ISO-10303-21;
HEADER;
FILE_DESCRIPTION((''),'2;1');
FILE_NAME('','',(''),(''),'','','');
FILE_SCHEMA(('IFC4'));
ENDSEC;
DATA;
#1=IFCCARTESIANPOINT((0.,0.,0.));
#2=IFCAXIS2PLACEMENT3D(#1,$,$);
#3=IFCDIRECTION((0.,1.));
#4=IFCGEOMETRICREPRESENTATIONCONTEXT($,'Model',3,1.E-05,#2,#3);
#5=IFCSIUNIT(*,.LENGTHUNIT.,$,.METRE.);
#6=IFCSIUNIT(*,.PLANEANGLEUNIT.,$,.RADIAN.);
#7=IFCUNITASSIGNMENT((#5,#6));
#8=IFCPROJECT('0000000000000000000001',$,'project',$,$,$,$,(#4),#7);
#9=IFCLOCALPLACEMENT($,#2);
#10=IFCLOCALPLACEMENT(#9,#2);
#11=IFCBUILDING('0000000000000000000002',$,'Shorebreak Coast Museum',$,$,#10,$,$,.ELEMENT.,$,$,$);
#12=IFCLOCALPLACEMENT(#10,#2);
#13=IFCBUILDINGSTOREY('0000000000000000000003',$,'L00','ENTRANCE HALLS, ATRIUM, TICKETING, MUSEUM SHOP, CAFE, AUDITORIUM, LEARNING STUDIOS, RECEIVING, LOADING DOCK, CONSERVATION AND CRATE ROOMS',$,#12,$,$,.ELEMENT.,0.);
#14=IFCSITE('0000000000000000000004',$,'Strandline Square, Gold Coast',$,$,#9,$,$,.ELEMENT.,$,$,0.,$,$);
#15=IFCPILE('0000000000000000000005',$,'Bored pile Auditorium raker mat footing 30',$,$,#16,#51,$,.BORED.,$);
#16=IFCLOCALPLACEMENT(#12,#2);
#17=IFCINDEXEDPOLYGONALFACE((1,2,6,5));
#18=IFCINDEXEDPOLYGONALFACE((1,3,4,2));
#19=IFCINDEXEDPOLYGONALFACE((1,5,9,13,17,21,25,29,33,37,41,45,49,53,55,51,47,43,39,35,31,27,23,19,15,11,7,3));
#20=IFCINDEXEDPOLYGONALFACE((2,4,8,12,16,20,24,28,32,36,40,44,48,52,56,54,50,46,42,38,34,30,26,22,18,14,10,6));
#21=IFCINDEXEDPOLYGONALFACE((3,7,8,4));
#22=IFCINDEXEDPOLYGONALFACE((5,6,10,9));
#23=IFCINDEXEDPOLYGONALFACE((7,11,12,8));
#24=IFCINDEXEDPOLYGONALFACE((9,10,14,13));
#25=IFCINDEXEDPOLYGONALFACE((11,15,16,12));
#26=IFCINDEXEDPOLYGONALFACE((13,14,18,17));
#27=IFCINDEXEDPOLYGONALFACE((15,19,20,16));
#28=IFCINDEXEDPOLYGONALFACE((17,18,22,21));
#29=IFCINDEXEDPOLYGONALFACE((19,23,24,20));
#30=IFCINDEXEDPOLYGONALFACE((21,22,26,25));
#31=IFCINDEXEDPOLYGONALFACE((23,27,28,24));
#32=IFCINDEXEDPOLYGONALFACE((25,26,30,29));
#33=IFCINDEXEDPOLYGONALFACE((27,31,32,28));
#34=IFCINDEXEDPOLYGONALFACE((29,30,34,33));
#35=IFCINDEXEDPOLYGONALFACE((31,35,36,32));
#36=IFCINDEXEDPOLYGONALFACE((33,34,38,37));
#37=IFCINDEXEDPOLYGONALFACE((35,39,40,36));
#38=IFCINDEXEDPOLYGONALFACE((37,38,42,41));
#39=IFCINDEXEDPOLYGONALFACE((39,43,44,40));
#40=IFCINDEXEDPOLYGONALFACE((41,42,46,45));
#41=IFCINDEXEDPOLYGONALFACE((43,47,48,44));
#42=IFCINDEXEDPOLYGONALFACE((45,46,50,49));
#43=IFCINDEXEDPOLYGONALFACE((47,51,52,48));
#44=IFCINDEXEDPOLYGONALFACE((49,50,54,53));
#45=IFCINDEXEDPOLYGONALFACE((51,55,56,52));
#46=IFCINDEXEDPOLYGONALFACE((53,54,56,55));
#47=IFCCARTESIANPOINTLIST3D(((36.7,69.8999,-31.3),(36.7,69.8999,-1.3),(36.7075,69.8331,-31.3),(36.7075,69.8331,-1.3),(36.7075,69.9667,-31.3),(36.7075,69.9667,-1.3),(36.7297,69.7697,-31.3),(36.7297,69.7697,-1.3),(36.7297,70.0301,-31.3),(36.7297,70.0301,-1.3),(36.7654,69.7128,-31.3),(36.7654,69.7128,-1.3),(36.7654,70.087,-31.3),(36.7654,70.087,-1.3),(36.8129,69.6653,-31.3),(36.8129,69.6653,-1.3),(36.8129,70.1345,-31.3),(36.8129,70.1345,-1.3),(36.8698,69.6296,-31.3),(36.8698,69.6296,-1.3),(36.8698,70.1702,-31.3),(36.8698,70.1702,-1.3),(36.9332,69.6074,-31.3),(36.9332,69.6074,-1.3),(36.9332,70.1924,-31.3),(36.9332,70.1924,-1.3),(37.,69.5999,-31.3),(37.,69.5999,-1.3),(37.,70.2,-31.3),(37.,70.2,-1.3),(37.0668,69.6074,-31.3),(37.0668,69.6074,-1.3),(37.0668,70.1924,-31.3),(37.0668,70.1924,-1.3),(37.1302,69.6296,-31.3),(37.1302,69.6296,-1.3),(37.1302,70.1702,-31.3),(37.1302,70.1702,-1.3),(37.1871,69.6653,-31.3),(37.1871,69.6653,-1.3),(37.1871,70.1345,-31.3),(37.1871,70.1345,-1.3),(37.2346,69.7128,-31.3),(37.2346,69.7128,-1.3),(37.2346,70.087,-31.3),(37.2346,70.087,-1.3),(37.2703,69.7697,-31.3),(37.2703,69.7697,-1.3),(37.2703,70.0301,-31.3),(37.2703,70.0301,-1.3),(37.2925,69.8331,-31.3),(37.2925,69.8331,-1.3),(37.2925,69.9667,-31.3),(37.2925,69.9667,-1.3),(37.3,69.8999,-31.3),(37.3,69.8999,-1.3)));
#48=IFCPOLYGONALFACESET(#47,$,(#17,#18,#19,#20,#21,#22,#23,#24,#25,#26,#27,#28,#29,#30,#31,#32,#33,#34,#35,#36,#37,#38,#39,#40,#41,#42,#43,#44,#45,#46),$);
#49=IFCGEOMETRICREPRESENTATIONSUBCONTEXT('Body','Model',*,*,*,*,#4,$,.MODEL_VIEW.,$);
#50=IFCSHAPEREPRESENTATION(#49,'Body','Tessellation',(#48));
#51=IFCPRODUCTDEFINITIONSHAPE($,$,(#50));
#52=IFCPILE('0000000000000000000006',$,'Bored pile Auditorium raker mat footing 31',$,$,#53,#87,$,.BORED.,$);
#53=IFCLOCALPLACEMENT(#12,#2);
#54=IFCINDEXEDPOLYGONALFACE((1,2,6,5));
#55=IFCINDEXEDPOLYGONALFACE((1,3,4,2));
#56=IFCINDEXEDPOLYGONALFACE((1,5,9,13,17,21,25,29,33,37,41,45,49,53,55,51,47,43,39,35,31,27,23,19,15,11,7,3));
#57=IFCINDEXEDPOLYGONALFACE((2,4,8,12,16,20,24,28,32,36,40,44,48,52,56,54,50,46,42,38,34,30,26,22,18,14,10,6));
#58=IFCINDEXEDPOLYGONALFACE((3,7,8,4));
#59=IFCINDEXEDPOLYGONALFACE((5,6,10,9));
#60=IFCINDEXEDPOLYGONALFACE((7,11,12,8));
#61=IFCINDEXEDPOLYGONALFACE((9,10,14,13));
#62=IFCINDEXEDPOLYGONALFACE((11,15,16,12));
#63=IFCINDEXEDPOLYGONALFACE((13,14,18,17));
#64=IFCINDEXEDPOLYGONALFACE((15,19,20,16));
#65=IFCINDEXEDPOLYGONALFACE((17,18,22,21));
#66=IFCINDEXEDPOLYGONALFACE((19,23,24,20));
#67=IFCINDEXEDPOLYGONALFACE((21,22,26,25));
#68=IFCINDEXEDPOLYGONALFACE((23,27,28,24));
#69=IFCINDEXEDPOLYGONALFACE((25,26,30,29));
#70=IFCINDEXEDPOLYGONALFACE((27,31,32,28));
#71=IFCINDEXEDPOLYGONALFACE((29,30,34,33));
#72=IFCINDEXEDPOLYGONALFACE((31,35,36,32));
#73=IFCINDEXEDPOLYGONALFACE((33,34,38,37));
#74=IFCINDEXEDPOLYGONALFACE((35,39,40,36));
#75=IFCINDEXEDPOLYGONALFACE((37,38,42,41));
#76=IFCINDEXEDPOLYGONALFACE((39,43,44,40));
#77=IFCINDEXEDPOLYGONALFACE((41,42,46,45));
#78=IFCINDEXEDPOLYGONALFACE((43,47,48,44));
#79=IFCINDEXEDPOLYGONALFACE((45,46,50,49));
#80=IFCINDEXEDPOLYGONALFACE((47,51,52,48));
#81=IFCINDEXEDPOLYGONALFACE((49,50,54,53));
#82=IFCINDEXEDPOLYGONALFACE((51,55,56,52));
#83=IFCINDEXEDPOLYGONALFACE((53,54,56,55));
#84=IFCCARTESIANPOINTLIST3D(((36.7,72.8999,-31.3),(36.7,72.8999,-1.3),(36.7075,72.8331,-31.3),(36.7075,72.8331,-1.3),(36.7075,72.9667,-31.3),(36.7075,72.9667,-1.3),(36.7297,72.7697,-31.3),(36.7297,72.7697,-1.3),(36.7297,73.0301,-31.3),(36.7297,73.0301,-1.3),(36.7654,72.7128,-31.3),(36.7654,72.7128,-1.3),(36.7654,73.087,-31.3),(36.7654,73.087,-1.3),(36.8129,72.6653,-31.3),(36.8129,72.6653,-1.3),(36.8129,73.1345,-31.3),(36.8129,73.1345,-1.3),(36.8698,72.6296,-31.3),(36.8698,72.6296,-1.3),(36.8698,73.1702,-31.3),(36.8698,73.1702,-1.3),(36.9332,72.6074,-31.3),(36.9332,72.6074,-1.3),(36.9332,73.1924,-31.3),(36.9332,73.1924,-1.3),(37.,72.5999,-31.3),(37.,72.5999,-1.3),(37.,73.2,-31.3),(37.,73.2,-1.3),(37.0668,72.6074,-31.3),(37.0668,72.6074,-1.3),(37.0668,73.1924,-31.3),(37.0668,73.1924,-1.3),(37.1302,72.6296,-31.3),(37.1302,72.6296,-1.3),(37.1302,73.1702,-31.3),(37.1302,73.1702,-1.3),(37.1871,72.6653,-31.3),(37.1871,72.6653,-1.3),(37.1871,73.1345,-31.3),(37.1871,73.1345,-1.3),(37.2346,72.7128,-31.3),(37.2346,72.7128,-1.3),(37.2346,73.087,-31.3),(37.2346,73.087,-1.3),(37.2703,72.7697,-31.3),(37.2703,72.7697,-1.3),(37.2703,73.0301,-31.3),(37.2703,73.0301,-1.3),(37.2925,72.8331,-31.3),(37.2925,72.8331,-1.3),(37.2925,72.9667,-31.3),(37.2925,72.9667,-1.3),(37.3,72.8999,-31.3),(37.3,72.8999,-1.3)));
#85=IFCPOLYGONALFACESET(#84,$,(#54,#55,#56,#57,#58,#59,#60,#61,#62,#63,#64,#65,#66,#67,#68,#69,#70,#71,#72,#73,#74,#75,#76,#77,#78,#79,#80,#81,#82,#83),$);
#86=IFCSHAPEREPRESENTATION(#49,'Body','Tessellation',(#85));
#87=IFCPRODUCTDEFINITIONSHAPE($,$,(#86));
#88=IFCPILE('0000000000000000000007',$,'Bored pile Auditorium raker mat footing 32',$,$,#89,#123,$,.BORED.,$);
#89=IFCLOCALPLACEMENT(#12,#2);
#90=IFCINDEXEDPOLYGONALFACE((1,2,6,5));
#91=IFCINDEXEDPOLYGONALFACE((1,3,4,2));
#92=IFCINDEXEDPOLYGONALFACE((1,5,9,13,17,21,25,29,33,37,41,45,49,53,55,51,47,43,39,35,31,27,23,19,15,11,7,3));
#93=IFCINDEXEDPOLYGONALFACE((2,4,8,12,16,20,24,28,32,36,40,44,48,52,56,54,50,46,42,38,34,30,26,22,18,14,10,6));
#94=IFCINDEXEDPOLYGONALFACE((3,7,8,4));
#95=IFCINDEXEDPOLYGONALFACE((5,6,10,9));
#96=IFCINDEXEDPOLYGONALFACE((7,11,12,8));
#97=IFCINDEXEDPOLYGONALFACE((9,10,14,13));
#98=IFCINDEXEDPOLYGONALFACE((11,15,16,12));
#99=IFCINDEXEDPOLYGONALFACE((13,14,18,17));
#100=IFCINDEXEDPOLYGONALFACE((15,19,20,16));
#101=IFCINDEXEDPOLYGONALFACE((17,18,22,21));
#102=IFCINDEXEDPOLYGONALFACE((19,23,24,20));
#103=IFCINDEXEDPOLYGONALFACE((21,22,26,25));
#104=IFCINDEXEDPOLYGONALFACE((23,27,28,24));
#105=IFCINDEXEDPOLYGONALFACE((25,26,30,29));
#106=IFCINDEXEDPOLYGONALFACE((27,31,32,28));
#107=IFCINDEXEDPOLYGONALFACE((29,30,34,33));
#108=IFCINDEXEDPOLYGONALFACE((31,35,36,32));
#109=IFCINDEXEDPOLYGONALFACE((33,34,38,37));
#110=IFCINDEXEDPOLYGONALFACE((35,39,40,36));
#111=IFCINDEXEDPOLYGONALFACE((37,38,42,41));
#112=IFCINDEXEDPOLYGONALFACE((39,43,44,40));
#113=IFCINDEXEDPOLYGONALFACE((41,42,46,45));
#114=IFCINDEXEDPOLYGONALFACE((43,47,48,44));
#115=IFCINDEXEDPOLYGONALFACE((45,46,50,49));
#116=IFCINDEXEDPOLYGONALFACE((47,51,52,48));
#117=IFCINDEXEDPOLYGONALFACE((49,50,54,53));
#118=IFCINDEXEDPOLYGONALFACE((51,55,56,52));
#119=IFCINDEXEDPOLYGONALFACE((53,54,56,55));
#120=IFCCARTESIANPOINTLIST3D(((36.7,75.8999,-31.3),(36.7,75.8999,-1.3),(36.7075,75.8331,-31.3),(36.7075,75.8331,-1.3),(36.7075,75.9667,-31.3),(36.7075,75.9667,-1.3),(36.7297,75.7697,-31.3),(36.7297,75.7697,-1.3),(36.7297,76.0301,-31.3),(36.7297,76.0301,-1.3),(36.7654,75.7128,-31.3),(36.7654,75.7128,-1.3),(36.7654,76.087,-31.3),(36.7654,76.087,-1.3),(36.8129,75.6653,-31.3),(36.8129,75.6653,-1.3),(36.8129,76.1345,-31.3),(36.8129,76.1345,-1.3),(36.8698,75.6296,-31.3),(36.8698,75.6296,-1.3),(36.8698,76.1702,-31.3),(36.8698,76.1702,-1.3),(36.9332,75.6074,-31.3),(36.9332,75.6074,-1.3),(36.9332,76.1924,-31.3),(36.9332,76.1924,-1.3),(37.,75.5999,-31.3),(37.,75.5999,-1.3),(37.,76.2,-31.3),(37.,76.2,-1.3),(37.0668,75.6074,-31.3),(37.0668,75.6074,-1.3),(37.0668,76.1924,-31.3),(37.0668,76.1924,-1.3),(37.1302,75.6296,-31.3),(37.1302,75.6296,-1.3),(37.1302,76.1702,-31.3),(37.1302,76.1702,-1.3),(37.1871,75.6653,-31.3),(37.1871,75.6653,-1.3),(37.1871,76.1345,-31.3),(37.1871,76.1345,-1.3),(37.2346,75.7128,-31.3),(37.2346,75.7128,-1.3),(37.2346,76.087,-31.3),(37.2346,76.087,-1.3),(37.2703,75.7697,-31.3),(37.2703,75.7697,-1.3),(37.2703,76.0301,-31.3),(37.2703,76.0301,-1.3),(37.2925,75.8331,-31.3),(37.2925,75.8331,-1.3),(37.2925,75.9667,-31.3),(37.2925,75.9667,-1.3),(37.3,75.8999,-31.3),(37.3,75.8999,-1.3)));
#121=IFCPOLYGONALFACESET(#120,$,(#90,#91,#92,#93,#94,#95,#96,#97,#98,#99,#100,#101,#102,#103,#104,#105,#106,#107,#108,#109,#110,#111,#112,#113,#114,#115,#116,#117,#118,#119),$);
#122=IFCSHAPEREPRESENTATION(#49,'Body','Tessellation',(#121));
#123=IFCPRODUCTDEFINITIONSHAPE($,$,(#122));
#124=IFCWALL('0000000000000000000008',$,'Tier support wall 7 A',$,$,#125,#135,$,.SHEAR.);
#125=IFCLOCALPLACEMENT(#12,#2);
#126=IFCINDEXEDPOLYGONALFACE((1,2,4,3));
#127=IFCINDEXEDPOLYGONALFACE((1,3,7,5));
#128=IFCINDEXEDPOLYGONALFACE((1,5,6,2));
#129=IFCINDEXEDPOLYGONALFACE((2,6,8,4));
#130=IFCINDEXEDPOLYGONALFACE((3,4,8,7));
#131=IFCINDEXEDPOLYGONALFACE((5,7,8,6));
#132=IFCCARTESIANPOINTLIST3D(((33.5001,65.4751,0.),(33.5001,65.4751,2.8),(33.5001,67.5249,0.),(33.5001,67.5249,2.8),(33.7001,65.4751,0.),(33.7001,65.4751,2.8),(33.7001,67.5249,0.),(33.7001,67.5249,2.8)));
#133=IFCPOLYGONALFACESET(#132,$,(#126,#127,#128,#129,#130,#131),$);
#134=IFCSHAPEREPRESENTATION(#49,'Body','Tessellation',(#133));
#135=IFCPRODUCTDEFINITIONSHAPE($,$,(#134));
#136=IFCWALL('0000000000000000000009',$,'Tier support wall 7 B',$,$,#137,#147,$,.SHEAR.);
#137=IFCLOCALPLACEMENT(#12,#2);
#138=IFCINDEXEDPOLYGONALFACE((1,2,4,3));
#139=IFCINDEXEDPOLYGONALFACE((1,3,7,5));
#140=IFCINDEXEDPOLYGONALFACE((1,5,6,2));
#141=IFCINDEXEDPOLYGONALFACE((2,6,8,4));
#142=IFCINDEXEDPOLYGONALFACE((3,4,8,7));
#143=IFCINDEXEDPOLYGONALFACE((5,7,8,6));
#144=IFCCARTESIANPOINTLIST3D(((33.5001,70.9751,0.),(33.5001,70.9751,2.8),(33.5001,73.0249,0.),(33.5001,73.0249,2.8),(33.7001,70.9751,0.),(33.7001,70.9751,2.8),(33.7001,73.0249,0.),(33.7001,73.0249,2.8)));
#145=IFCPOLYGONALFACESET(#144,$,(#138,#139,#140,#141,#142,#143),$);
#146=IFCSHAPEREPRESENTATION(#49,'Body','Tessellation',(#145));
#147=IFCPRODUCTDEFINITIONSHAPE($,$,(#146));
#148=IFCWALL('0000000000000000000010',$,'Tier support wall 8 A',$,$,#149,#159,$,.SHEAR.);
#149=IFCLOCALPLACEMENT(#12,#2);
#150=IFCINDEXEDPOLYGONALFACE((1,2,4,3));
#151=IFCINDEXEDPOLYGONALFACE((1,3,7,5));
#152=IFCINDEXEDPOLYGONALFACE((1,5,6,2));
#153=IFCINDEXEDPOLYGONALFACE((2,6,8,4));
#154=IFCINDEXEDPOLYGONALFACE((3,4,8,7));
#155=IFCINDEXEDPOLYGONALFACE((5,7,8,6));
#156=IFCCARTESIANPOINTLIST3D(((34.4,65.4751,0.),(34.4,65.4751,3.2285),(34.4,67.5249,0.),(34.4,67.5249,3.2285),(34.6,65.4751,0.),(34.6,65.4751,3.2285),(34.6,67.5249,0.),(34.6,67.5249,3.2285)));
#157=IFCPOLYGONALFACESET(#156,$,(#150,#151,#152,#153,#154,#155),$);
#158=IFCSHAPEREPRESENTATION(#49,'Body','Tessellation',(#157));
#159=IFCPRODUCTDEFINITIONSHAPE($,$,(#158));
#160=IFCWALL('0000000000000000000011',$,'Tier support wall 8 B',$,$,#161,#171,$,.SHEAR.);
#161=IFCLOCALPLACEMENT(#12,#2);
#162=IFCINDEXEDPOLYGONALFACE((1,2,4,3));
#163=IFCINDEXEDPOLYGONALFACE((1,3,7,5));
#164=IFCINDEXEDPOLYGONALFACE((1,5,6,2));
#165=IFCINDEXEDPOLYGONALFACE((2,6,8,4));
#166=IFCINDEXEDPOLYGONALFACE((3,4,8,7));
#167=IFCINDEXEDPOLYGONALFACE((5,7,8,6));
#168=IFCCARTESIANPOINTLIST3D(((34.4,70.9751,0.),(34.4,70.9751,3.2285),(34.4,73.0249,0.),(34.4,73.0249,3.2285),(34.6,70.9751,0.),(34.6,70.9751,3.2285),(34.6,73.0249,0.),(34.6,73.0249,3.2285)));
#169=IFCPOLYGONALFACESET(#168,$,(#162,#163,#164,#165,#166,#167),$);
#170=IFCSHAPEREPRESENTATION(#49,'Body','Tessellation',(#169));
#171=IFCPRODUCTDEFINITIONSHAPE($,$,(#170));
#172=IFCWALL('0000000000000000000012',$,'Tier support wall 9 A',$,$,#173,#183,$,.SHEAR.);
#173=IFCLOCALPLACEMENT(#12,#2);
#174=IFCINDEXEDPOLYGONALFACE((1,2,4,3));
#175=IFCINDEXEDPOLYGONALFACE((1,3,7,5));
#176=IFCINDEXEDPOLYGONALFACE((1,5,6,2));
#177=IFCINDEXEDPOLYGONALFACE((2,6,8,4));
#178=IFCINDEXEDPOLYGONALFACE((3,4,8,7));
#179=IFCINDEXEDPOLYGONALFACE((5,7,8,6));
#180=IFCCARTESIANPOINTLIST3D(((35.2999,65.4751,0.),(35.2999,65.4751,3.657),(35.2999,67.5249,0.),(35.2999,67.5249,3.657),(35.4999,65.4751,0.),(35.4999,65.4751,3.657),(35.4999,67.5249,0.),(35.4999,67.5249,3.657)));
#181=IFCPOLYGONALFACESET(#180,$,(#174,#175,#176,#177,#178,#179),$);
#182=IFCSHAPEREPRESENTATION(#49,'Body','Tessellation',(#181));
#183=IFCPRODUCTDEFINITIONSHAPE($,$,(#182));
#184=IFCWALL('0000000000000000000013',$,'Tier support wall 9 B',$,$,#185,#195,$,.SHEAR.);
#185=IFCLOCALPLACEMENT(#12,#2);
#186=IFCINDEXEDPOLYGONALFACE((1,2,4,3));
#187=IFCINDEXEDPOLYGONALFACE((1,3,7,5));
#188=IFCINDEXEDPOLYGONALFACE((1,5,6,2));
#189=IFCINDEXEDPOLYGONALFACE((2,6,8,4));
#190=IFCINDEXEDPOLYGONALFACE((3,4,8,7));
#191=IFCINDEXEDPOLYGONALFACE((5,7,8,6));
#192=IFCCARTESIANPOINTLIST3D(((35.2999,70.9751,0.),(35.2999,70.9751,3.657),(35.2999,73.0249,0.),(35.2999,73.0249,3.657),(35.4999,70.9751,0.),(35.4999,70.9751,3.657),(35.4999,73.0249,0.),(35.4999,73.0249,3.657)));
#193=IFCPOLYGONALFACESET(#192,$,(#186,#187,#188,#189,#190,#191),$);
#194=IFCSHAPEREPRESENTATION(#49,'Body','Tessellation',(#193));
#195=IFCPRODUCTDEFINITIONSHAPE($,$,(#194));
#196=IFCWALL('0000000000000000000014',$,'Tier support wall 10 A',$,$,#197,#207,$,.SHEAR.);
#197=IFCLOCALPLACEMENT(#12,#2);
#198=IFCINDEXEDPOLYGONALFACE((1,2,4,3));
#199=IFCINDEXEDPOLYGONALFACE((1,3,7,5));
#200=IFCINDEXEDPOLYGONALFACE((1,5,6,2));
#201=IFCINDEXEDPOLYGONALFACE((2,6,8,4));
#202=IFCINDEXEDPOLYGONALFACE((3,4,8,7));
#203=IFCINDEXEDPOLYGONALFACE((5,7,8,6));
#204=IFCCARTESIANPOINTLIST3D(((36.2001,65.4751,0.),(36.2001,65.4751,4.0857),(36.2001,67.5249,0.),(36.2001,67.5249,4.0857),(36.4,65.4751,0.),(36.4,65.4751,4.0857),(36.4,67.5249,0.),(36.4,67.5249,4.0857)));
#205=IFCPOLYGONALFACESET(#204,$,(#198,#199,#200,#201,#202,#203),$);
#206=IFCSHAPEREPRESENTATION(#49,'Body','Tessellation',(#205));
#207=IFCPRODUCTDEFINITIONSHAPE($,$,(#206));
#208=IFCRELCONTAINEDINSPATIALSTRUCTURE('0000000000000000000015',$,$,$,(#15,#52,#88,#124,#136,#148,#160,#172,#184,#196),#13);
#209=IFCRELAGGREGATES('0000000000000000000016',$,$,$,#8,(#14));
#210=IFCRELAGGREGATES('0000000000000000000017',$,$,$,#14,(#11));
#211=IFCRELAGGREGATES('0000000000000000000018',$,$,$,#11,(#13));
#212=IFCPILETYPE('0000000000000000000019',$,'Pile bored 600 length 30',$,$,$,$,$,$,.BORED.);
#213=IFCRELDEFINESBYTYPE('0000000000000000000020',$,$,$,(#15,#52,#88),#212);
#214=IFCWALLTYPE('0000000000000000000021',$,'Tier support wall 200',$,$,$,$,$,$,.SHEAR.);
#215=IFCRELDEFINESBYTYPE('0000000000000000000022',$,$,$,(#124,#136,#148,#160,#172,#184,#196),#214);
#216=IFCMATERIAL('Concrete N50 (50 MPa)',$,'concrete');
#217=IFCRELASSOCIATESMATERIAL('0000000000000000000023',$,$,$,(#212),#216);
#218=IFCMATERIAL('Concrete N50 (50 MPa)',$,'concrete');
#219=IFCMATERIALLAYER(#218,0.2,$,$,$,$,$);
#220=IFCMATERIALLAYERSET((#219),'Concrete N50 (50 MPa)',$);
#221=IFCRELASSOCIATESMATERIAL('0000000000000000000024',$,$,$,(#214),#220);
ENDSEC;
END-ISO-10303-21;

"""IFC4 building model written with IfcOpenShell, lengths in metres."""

from ifc_helpers import new_model, si_unit, direction, frame, frame_2d, origin, origin_2d, place, context, subcontext, project, spatial, rectangle, circle, extrude, material, layer, layer_set, material_profile, profile_set, type_object, element, save


model = new_model("IFC4")

# Units and contexts
model_context = context("Model", 3, precision=1e-05, world=origin(), true_north=direction((0.0, 1.0)))
body_context = subcontext(model_context, "Body", "Model", "MODEL_VIEW")
ifc_project = project(units=[si_unit("LENGTHUNIT", "METRE"), si_unit("PLANEANGLEUNIT", "RADIAN")], contexts=[model_context])

# Site, building, storey
site_placement = place(None, origin())
site = spatial("IfcSite", under=ifc_project, at=site_placement, Name="Strandline Square, Gold Coast", CompositionType="ELEMENT", RefElevation=0.0)
building_placement = place(site_placement, origin())
building = spatial("IfcBuilding", under=site, at=building_placement, Name="Shorebreak Coast Museum", CompositionType="ELEMENT")
storey_placement = place(building_placement, origin())
storey = spatial("IfcBuildingStorey", under=building, at=storey_placement, Name="L00", Description="ENTRANCE HALLS, ATRIUM, TICKETING, MUSEUM SHOP, CAFE, AUDITORIUM, LEARNING STUDIOS, RECEIVING, LOADING DOCK, CONSERVATION AND CRATE ROOMS", CompositionType="ELEMENT", Elevation=0.0)

# Piles
ifc_material_1 = material(Name="Concrete N50 (50 MPa)", Category="concrete")
ifc_material_profile = material_profile(ifc_material_1, circle(Radius=0.3, at=origin_2d()), Name="Pile bored 600 length 30")
ifc_profile_set = profile_set([ifc_material_profile], Name="Concrete N50 (50 MPa)")
pile_type = type_object("IfcPileType", Name="Pile bored 600 length 30", PredefinedType="BORED", material=ifc_profile_set)
for number, where, z_axis, x_axis, name in (
    (1, (37.0, 69.8999, -1.3), (0.0, 0.0, -1.0), (1.0, 0.0, 0.0), "Bored pile Auditorium raker mat footing 30"),
    (2, (37.0, 72.8999, -1.3), (0.0, 0.0, -1.0), (1.0, 0.0, 0.0), "Bored pile Auditorium raker mat footing 31"),
    (3, (37.0, 75.8999, -1.3), (0.0, 0.0, -1.0), (1.0, 0.0, 0.0), "Bored pile Auditorium raker mat footing 32"),
):
    element("IfcPile", number, at=place(storey_placement, frame(where, z_axis=z_axis, x_axis=x_axis)), inside=storey, type_object=pile_type, Name=name, PredefinedType="BORED", context=body_context, shape_type="SweptSolid", body=[
        extrude(circle(Radius=0.3, at=origin_2d()), origin(), (0.0, 0.0, 1.0), 30.0),
    ])

# Walls
ifc_material_2 = material(Name="Concrete N50 (50 MPa)", Category="concrete")
ifc_layer = layer(ifc_material_2, 0.2)
ifc_layer_set = layer_set([ifc_layer], Name="Concrete N50 (50 MPa)")
wall_type = type_object("IfcWallType", Name="Tier support wall 200", PredefinedType="SHEAR", material=ifc_layer_set)
for number, where, z_axis, x_axis, name in (
    (4, (33.6001, 65.4751, 0.0), (0.0, 0.0, 1.0), (0.0, 1.0, 0.0), "Tier support wall 7 A"),
    (5, (33.6001, 70.9751, 0.0), (0.0, 0.0, 1.0), (0.0, 1.0, 0.0), "Tier support wall 7 B"),
):
    element("IfcWall", number, at=place(storey_placement, frame(where, z_axis=z_axis, x_axis=x_axis)), inside=storey, type_object=wall_type, Name=name, PredefinedType="SHEAR", context=body_context, shape_type="SweptSolid", body=[
        extrude(rectangle(XDim=2.0498, YDim=0.2, at=frame_2d((1.0249, 0.0))), origin(), (0.0, 0.0, 1.0), 2.8),
    ])
for number, where, z_axis, x_axis, name in (
    (6, (34.5, 65.4751, 0.0), (0.0, 0.0, 1.0), (0.0, 1.0, 0.0), "Tier support wall 8 A"),
    (7, (34.5, 70.9751, 0.0), (0.0, 0.0, 1.0), (0.0, 1.0, 0.0), "Tier support wall 8 B"),
):
    element("IfcWall", number, at=place(storey_placement, frame(where, z_axis=z_axis, x_axis=x_axis)), inside=storey, type_object=wall_type, Name=name, PredefinedType="SHEAR", context=body_context, shape_type="SweptSolid", body=[
        extrude(rectangle(XDim=2.0498, YDim=0.2, at=frame_2d((1.0249, 0.0))), origin(), (0.0, 0.0, 1.0), 3.2285),
    ])
for number, where, z_axis, x_axis, name in (
    (8, (35.3999, 65.4751, 0.0), (0.0, 0.0, 1.0), (0.0, 1.0, 0.0), "Tier support wall 9 A"),
    (9, (35.3999, 70.9751, 0.0), (0.0, 0.0, 1.0), (0.0, 1.0, 0.0), "Tier support wall 9 B"),
):
    element("IfcWall", number, at=place(storey_placement, frame(where, z_axis=z_axis, x_axis=x_axis)), inside=storey, type_object=wall_type, Name=name, PredefinedType="SHEAR", context=body_context, shape_type="SweptSolid", body=[
        extrude(rectangle(XDim=2.0498, YDim=0.2, at=frame_2d((1.0249, 0.0))), origin(), (0.0, 0.0, 1.0), 3.657),
    ])
for number, where, z_axis, x_axis, name in (
    (10, (36.3, 65.4751, 0.0), (0.0, 0.0, 1.0), (0.0, 1.0, 0.0), "Tier support wall 10 A"),
):
    element("IfcWall", number, at=place(storey_placement, frame(where, z_axis=z_axis, x_axis=x_axis)), inside=storey, type_object=wall_type, Name=name, PredefinedType="SHEAR", context=body_context, shape_type="SweptSolid", body=[
        extrude(rectangle(XDim=2.0498, YDim=0.2, at=frame_2d((1.0249, 0.0))), origin(), (0.0, 0.0, 1.0), 4.0857),
    ])

save(model, "model.ifc")
